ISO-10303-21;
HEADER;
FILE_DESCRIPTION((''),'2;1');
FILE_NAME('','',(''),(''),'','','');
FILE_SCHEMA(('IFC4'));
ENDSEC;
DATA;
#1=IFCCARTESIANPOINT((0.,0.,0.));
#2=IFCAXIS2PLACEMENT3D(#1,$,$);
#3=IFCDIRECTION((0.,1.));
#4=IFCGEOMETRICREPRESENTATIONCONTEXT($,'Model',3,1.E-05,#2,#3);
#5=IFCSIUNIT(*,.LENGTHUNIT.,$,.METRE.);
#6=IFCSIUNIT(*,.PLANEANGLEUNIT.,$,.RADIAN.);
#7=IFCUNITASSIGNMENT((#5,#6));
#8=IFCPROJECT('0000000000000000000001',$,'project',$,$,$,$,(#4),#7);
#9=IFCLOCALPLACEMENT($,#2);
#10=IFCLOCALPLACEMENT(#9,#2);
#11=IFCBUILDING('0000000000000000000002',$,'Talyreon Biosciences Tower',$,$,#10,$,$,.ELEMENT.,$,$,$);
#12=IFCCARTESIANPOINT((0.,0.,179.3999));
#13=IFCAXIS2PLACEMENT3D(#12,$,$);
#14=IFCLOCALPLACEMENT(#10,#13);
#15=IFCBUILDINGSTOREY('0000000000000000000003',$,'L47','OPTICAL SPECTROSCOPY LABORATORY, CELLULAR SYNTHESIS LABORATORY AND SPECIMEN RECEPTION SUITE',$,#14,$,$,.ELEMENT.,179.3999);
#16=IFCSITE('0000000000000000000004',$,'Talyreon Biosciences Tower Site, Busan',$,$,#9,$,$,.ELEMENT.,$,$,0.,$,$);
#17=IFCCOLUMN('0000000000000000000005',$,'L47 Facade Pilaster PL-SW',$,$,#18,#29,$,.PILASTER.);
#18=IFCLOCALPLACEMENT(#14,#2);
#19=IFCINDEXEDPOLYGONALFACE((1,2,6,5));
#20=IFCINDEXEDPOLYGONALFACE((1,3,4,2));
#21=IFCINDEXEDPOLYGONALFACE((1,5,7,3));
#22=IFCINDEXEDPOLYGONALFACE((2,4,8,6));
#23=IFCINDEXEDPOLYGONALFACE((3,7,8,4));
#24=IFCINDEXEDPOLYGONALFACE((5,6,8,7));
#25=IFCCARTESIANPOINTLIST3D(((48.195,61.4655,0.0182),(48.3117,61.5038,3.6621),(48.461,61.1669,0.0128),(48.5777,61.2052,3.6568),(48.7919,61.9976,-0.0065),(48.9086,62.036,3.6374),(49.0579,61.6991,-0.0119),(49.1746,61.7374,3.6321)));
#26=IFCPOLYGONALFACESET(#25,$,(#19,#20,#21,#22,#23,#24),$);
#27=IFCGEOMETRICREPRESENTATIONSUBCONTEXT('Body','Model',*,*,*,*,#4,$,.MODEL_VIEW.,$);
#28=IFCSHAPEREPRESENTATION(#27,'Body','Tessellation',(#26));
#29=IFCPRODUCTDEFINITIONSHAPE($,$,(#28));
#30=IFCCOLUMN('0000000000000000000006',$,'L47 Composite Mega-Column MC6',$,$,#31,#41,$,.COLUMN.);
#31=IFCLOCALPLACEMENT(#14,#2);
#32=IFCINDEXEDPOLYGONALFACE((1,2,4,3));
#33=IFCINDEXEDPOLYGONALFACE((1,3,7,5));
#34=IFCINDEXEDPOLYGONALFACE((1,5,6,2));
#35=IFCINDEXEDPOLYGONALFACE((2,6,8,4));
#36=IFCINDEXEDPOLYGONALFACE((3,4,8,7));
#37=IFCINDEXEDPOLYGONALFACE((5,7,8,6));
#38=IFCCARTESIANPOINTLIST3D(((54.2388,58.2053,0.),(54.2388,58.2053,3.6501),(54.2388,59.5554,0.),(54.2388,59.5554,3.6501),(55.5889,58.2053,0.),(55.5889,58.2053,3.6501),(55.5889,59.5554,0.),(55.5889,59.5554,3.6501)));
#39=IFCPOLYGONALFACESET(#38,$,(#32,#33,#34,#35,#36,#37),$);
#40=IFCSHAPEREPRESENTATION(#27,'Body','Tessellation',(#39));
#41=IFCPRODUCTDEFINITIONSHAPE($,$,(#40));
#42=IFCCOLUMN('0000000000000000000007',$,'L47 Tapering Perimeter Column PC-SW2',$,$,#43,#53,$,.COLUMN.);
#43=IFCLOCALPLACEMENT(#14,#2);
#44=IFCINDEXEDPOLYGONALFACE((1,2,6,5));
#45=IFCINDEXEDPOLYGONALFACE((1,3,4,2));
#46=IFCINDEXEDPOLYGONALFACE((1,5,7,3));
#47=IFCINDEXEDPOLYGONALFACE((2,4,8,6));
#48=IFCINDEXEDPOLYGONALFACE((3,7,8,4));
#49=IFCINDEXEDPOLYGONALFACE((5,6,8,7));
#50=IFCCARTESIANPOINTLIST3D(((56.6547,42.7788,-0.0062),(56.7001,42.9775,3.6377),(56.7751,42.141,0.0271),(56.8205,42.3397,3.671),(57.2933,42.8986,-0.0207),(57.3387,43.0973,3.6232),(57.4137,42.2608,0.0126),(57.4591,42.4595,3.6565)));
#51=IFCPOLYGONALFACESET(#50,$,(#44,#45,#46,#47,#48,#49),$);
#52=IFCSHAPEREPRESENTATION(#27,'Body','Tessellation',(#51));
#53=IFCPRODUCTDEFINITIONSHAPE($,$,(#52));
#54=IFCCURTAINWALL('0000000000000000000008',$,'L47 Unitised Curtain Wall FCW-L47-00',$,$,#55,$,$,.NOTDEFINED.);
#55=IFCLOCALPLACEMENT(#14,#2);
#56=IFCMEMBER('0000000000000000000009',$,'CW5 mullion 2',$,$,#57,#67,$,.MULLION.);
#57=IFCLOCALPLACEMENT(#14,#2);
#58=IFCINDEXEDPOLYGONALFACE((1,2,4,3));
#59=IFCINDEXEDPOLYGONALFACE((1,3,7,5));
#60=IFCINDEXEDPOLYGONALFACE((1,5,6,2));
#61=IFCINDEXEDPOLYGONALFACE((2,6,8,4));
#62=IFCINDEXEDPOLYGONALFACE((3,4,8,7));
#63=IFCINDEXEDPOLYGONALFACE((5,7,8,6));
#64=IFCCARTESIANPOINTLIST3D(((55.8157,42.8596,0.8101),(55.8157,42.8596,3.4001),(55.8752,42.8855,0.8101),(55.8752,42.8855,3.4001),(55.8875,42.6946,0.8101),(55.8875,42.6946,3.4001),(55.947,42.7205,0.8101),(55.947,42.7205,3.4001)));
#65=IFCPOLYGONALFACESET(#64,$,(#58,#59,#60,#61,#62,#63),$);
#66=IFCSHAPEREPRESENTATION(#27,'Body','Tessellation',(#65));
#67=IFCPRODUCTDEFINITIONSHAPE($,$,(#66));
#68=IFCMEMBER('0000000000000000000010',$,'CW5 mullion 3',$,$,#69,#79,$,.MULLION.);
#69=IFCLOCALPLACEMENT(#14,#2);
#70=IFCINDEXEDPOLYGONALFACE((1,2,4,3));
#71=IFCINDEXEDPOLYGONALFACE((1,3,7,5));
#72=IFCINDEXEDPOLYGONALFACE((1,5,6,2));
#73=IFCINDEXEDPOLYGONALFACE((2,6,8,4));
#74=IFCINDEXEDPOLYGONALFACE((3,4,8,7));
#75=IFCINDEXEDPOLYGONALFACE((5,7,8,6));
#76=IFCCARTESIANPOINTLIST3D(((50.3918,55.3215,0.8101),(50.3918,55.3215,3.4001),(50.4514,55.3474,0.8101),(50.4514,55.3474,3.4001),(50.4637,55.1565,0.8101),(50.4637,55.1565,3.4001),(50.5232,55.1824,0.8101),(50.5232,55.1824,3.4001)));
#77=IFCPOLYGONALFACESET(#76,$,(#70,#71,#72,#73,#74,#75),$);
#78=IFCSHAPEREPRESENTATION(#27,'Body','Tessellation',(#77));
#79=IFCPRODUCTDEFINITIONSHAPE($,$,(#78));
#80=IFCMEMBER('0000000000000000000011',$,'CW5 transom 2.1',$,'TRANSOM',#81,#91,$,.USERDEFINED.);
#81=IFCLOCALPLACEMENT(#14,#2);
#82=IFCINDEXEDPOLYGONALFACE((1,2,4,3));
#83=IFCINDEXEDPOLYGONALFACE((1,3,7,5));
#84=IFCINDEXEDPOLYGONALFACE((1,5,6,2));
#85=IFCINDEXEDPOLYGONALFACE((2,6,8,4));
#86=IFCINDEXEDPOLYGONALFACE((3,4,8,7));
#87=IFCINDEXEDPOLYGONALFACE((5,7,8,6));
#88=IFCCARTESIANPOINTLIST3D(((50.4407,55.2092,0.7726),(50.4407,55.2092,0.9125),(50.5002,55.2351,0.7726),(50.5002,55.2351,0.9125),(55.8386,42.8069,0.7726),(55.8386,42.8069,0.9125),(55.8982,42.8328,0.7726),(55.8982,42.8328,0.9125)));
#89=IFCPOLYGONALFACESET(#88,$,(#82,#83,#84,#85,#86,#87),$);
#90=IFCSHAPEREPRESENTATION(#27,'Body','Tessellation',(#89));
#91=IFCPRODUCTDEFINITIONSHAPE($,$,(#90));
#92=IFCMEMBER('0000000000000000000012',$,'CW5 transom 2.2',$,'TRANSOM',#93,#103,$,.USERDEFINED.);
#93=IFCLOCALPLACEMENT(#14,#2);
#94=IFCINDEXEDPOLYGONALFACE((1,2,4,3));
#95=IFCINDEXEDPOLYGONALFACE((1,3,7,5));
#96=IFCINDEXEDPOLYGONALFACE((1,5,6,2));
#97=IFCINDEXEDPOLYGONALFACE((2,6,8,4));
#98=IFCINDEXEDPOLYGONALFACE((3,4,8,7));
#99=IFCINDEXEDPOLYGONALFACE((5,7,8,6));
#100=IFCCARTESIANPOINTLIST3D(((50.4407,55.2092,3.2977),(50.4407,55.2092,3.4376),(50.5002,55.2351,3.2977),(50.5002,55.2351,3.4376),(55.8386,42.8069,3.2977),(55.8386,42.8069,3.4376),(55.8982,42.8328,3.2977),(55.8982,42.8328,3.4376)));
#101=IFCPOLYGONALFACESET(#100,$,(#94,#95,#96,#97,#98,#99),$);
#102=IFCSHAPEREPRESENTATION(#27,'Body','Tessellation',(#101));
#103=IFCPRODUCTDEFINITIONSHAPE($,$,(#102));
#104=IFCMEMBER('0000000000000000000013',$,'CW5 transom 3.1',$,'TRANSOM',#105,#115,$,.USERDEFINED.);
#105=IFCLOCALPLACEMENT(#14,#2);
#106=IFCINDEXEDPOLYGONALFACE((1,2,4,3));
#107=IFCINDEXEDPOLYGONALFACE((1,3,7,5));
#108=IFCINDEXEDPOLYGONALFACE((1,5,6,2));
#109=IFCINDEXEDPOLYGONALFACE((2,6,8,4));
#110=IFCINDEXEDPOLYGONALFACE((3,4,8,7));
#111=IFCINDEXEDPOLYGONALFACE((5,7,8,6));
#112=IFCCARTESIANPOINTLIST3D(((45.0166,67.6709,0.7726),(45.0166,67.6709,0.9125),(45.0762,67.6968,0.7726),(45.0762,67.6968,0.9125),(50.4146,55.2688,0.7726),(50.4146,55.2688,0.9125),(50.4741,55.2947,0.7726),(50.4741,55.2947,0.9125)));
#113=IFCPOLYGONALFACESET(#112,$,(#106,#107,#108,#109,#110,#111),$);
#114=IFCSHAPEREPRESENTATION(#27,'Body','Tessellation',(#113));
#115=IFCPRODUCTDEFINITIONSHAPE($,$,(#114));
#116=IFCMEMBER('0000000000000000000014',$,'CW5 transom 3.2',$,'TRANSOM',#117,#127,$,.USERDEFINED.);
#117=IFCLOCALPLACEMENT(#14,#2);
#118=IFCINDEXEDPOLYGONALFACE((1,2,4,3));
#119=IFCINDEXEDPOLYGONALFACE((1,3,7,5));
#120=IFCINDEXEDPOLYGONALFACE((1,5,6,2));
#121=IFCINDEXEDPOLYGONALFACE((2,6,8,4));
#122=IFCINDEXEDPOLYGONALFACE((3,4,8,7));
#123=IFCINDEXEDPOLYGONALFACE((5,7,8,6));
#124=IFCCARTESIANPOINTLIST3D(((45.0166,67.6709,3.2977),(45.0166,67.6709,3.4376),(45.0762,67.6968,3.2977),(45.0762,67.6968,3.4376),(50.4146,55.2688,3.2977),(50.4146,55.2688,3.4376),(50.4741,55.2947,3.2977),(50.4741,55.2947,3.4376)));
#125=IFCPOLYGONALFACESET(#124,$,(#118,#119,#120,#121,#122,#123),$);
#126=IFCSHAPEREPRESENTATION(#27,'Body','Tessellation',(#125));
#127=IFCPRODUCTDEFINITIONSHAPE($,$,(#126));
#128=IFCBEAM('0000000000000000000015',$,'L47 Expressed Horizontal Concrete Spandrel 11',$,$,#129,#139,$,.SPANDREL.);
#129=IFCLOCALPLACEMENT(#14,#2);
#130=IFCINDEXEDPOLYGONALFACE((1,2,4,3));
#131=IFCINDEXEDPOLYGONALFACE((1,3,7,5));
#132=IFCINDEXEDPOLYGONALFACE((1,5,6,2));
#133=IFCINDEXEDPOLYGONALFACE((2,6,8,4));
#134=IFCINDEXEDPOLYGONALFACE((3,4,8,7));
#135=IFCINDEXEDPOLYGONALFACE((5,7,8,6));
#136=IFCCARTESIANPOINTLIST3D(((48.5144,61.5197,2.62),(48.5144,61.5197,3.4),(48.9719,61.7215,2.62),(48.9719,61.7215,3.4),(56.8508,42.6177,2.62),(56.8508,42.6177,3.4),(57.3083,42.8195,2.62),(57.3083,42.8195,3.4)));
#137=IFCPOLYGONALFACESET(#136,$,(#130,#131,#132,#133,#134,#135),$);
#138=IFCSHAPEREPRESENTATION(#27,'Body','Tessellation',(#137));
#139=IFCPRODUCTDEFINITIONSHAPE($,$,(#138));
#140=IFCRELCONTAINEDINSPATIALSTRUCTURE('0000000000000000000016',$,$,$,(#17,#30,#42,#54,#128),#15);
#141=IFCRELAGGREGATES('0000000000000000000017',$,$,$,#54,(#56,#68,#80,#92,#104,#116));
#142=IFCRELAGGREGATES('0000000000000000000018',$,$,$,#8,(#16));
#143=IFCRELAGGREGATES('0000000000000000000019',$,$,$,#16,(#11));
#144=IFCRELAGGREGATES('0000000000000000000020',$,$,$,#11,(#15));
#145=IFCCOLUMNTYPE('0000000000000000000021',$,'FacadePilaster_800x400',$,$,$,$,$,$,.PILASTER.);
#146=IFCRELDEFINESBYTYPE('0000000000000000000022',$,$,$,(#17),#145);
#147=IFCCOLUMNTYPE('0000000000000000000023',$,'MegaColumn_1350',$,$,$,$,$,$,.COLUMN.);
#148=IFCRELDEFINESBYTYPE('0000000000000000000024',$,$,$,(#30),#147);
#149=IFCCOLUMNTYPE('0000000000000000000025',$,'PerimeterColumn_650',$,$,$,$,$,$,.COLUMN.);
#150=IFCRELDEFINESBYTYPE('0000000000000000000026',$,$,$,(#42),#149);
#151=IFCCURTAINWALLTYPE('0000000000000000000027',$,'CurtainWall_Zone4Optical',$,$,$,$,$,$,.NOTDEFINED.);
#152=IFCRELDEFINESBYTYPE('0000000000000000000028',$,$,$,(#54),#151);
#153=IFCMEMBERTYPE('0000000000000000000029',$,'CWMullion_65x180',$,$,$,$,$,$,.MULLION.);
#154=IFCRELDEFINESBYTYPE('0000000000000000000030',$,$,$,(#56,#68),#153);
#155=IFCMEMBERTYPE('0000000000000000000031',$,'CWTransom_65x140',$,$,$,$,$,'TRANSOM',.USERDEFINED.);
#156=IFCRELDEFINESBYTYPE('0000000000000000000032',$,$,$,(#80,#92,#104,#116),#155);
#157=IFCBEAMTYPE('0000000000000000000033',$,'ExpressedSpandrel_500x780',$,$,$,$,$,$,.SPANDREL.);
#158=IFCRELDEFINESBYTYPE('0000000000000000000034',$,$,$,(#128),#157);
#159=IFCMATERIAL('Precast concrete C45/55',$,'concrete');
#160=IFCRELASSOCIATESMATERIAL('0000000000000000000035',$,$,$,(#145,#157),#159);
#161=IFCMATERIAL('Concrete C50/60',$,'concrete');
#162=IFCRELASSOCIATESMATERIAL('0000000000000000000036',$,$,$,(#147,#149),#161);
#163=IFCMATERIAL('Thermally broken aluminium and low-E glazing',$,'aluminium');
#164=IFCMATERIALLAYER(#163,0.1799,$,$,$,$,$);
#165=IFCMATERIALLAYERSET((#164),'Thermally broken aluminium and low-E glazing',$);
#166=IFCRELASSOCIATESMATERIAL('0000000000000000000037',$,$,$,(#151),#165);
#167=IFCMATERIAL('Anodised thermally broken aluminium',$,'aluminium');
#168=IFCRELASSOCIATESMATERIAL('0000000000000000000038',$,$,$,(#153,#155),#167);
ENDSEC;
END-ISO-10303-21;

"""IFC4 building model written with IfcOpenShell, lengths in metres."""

from ifc_helpers import new_model, si_unit, direction, frame, origin, origin_2d, place, context, subcontext, project, spatial, rectangle, extrude, material, layer, layer_set, material_profile, profile_set, type_object, element, aggregate, save


model = new_model("IFC4")

# Units and contexts
model_context = context("Model", 3, precision=1e-05, world=origin(), true_north=direction((0.0, 1.0)))
body_context = subcontext(model_context, "Body", "Model", "MODEL_VIEW")
ifc_project = project(units=[si_unit("LENGTHUNIT", "METRE"), si_unit("PLANEANGLEUNIT", "RADIAN")], contexts=[model_context])

# Site, building, storey
site_placement = place(None, origin())
site = spatial("IfcSite", under=ifc_project, at=site_placement, Name="Talyreon Biosciences Tower Site, Busan", CompositionType="ELEMENT", RefElevation=0.0)
building_placement = place(site_placement, origin())
building = spatial("IfcBuilding", under=site, at=building_placement, Name="Talyreon Biosciences Tower", CompositionType="ELEMENT")
storey_placement = place(building_placement, frame((0.0, 0.0, 179.3999)))
storey = spatial("IfcBuildingStorey", under=building, at=storey_placement, Name="L47", Description="OPTICAL SPECTROSCOPY LABORATORY, CELLULAR SYNTHESIS LABORATORY AND SPECIMEN RECEPTION SUITE", CompositionType="ELEMENT", Elevation=179.3999)

# Columns
ifc_material_1 = material(Name="Precast concrete C45/55", Category="concrete")
ifc_material_profile_1 = material_profile(ifc_material_1, rectangle(XDim=0.8, YDim=0.3999, at=origin_2d()), Name="RC 800x400")
ifc_profile_set_1 = profile_set([ifc_material_profile_1], Name="Precast concrete C45/55")
column_type_1 = type_object("IfcColumnType", Name="FacadePilaster_800x400", PredefinedType="PILASTER", material=ifc_profile_set_1)
column_1_placement = place(storey_placement, frame((48.6265, 61.5823, 0.0032), z_axis=(0.032006, 0.010513, 0.999432), x_axis=(0.746041, 0.665183, -0.030888)))
element("IfcColumn", 1, at=column_1_placement, inside=storey, type_object=column_type_1, Name="L47 Facade Pilaster PL-SW", PredefinedType="PILASTER", context=body_context, shape_type="SweptSolid", body=[
    extrude(rectangle(XDim=0.8, YDim=0.3999, at=origin_2d()), origin(), (0.0, 0.0, 1.0), 3.646),
])
ifc_material_2 = material(Name="Concrete C50/60", Category="concrete")
ifc_material_profile_2 = material_profile(ifc_material_2, rectangle(XDim=1.3501, YDim=1.3501, at=origin_2d()), Name="RC 1350x1350")
ifc_profile_set_2 = profile_set([ifc_material_profile_2], Name="Concrete C50/60")
column_type_2 = type_object("IfcColumnType", Name="MegaColumn_1350", PredefinedType="COLUMN", material=ifc_profile_set_2)
column_2_placement = place(storey_placement, frame((54.9138, 58.8804, 0.0), z_axis=(0.0, 0.0, 1.0), x_axis=(1.0, 0.0, 0.0)))
element("IfcColumn", 2, at=column_2_placement, inside=storey, type_object=column_type_2, Name="L47 Composite Mega-Column MC6", PredefinedType="COLUMN", context=body_context, shape_type="SweptSolid", body=[
    extrude(rectangle(XDim=1.3501, YDim=1.3501, at=origin_2d()), origin(), (0.0, 0.0, 1.0), 3.6501),
])
ifc_material_profile_3 = material_profile(ifc_material_2, rectangle(XDim=0.6499, YDim=0.6499, at=origin_2d()), Name="RC 650x650")
ifc_profile_set_3 = profile_set([ifc_material_profile_3], Name="Concrete C50/60")
column_type_3 = type_object("IfcColumnType", Name="PerimeterColumn_650", PredefinedType="COLUMN", material=ifc_profile_set_3)
column_3_placement = place(storey_placement, frame((57.0342, 42.5198, 0.0032), z_axis=(0.012442, 0.054451, 0.998439), x_axis=(-0.185211, 0.981364, -0.051211)))
element("IfcColumn", 3, at=column_3_placement, inside=storey, type_object=column_type_3, Name="L47 Tapering Perimeter Column PC-SW2", PredefinedType="COLUMN", context=body_context, shape_type="SweptSolid", body=[
    extrude(rectangle(XDim=0.6499, YDim=0.6499, at=origin_2d()), origin(), (0.0, 0.0, 1.0), 3.6497),
])

# Curtain wall, members
ifc_material_3 = material(Name="Thermally broken aluminium and low-E glazing", Category="aluminium")
ifc_layer_1 = layer(ifc_material_3, 0.1799)
ifc_layer_set_1 = layer_set([ifc_layer_1], Name="Thermally broken aluminium and low-E glazing")
curtain_wall_type = type_object("IfcCurtainWallType", Name="CurtainWall_Zone4Optical", PredefinedType="NOTDEFINED", material=ifc_layer_set_1)
curtain_wall_placement = place(storey_placement, origin())
curtain_wall = element("IfcCurtainWall", 4, at=curtain_wall_placement, inside=storey, type_object=curtain_wall_type, Name="L47 Unitised Curtain Wall FCW-L47-00", PredefinedType="NOTDEFINED")
ifc_material_4 = material(Name="Anodised thermally broken aluminium", Category="aluminium")
ifc_material_profile_4 = material_profile(ifc_material_4, rectangle(XDim=0.0649, YDim=0.1799, at=origin_2d()), Name="ALUM MULLION 65x180")
ifc_profile_set_4 = profile_set([ifc_material_profile_4], Name="Anodised thermally broken aluminium")
member_type_1 = type_object("IfcMemberType", Name="CWMullion_65x180", PredefinedType="MULLION", material=ifc_profile_set_4)
member_1_placement = place(storey_placement, frame((55.8813, 42.79, 0.8101), z_axis=(0.0, 0.0, 1.0), x_axis=(-0.916912, -0.399089, 0.0)))
member_1 = element("IfcMember", 5, at=member_1_placement, type_object=member_type_1, Name="CW5 mullion 2", PredefinedType="MULLION", context=body_context, shape_type="SweptSolid", body=[
    extrude(rectangle(XDim=0.0649, YDim=0.1799, at=origin_2d()), origin(), (0.0, 0.0, 1.0), 2.5901),
])
member_2_placement = place(storey_placement, frame((50.4575, 55.252, 0.8101), z_axis=(0.0, 0.0, 1.0), x_axis=(-0.916912, -0.399089, 0.0)))
member_2 = element("IfcMember", 6, at=member_2_placement, type_object=member_type_1, Name="CW5 mullion 3", PredefinedType="MULLION", context=body_context, shape_type="SweptSolid", body=[
    extrude(rectangle(XDim=0.0649, YDim=0.1799, at=origin_2d()), origin(), (0.0, 0.0, 1.0), 2.5901),
])
ifc_material_profile_5 = material_profile(ifc_material_4, rectangle(XDim=0.0649, YDim=0.1399, at=origin_2d()), Name="ALUM TRANSOM 65x140")
ifc_profile_set_5 = profile_set([ifc_material_profile_5], Name="Anodised thermally broken aluminium")
member_type_2 = type_object("IfcMemberType", Name="CWTransom_65x140", ElementType="TRANSOM", PredefinedType="USERDEFINED", material=ifc_profile_set_5)
member_3_placement = place(storey_placement, frame((55.8684, 42.8198, 0.8425), z_axis=(-0.399076, 0.916918, 0.0), x_axis=(-0.916918, -0.399076, 0.0)))
member_3 = element("IfcMember", 7, at=member_3_placement, type_object=member_type_2, Name="CW5 transom 2.1", ObjectType="TRANSOM", PredefinedType="USERDEFINED", context=body_context, shape_type="SweptSolid", body=[
    extrude(rectangle(XDim=0.0649, YDim=0.1399, at=origin_2d()), origin(), (0.0, 0.0, 1.0), 13.5261),
])
member_4_placement = place(storey_placement, frame((55.8684, 42.8198, 3.3677), z_axis=(-0.399076, 0.916918, 0.0), x_axis=(-0.916918, -0.399076, 0.0)))
member_4 = element("IfcMember", 8, at=member_4_placement, type_object=member_type_2, Name="CW5 transom 2.2", ObjectType="TRANSOM", PredefinedType="USERDEFINED", context=body_context, shape_type="SweptSolid", body=[
    extrude(rectangle(XDim=0.0649, YDim=0.1399, at=origin_2d()), origin(), (0.0, 0.0, 1.0), 13.5261),
])
member_5_placement = place(storey_placement, frame((50.4443, 55.2817, 0.8425), z_axis=(-0.399082, 0.916915, 0.0), x_axis=(-0.916915, -0.399082, 0.0)))
member_5 = element("IfcMember", 9, at=member_5_placement, type_object=member_type_2, Name="CW5 transom 3.1", ObjectType="TRANSOM", PredefinedType="USERDEFINED", context=body_context, shape_type="SweptSolid", body=[
    extrude(rectangle(XDim=0.0649, YDim=0.1399, at=origin_2d()), origin(), (0.0, 0.0, 1.0), 13.5259),
])
member_6_placement = place(storey_placement, frame((50.4443, 55.2817, 3.3677), z_axis=(-0.399082, 0.916915, 0.0), x_axis=(-0.916915, -0.399082, 0.0)))
member_6 = element("IfcMember", 10, at=member_6_placement, type_object=member_type_2, Name="CW5 transom 3.2", ObjectType="TRANSOM", PredefinedType="USERDEFINED", context=body_context, shape_type="SweptSolid", body=[
    extrude(rectangle(XDim=0.0649, YDim=0.1399, at=origin_2d()), origin(), (0.0, 0.0, 1.0), 13.5259),
])

# Beam
ifc_material_profile_6 = material_profile(ifc_material_1, rectangle(XDim=0.5, YDim=0.78, at=origin_2d()), Name="RCB 500x780")
ifc_profile_set_6 = profile_set([ifc_material_profile_6], Name="Precast concrete C45/55")
beam_type_1 = type_object("IfcBeamType", Name="ExpressedSpandrel_500x780", PredefinedType="SPANDREL", material=ifc_profile_set_6)
beam_1_placement = place(storey_placement, frame((48.7432, 61.6206, 3.01), z_axis=(0.403529, -0.914967, 0.0), x_axis=(0.914967, 0.403529, 0.0)))
element("IfcBeam", 11, at=beam_1_placement, inside=storey, type_object=beam_type_1, Name="L47 Expressed Horizontal Concrete Spandrel 11", PredefinedType="SPANDREL", context=body_context, shape_type="SweptSolid", body=[
    extrude(rectangle(XDim=0.5, YDim=0.78, at=origin_2d()), origin(), (0.0, 0.0, 1.0), 20.6587),
])

aggregate(curtain_wall, [member_1, member_2, member_3, member_4, member_5, member_6])

save(model, "model.ifc")
